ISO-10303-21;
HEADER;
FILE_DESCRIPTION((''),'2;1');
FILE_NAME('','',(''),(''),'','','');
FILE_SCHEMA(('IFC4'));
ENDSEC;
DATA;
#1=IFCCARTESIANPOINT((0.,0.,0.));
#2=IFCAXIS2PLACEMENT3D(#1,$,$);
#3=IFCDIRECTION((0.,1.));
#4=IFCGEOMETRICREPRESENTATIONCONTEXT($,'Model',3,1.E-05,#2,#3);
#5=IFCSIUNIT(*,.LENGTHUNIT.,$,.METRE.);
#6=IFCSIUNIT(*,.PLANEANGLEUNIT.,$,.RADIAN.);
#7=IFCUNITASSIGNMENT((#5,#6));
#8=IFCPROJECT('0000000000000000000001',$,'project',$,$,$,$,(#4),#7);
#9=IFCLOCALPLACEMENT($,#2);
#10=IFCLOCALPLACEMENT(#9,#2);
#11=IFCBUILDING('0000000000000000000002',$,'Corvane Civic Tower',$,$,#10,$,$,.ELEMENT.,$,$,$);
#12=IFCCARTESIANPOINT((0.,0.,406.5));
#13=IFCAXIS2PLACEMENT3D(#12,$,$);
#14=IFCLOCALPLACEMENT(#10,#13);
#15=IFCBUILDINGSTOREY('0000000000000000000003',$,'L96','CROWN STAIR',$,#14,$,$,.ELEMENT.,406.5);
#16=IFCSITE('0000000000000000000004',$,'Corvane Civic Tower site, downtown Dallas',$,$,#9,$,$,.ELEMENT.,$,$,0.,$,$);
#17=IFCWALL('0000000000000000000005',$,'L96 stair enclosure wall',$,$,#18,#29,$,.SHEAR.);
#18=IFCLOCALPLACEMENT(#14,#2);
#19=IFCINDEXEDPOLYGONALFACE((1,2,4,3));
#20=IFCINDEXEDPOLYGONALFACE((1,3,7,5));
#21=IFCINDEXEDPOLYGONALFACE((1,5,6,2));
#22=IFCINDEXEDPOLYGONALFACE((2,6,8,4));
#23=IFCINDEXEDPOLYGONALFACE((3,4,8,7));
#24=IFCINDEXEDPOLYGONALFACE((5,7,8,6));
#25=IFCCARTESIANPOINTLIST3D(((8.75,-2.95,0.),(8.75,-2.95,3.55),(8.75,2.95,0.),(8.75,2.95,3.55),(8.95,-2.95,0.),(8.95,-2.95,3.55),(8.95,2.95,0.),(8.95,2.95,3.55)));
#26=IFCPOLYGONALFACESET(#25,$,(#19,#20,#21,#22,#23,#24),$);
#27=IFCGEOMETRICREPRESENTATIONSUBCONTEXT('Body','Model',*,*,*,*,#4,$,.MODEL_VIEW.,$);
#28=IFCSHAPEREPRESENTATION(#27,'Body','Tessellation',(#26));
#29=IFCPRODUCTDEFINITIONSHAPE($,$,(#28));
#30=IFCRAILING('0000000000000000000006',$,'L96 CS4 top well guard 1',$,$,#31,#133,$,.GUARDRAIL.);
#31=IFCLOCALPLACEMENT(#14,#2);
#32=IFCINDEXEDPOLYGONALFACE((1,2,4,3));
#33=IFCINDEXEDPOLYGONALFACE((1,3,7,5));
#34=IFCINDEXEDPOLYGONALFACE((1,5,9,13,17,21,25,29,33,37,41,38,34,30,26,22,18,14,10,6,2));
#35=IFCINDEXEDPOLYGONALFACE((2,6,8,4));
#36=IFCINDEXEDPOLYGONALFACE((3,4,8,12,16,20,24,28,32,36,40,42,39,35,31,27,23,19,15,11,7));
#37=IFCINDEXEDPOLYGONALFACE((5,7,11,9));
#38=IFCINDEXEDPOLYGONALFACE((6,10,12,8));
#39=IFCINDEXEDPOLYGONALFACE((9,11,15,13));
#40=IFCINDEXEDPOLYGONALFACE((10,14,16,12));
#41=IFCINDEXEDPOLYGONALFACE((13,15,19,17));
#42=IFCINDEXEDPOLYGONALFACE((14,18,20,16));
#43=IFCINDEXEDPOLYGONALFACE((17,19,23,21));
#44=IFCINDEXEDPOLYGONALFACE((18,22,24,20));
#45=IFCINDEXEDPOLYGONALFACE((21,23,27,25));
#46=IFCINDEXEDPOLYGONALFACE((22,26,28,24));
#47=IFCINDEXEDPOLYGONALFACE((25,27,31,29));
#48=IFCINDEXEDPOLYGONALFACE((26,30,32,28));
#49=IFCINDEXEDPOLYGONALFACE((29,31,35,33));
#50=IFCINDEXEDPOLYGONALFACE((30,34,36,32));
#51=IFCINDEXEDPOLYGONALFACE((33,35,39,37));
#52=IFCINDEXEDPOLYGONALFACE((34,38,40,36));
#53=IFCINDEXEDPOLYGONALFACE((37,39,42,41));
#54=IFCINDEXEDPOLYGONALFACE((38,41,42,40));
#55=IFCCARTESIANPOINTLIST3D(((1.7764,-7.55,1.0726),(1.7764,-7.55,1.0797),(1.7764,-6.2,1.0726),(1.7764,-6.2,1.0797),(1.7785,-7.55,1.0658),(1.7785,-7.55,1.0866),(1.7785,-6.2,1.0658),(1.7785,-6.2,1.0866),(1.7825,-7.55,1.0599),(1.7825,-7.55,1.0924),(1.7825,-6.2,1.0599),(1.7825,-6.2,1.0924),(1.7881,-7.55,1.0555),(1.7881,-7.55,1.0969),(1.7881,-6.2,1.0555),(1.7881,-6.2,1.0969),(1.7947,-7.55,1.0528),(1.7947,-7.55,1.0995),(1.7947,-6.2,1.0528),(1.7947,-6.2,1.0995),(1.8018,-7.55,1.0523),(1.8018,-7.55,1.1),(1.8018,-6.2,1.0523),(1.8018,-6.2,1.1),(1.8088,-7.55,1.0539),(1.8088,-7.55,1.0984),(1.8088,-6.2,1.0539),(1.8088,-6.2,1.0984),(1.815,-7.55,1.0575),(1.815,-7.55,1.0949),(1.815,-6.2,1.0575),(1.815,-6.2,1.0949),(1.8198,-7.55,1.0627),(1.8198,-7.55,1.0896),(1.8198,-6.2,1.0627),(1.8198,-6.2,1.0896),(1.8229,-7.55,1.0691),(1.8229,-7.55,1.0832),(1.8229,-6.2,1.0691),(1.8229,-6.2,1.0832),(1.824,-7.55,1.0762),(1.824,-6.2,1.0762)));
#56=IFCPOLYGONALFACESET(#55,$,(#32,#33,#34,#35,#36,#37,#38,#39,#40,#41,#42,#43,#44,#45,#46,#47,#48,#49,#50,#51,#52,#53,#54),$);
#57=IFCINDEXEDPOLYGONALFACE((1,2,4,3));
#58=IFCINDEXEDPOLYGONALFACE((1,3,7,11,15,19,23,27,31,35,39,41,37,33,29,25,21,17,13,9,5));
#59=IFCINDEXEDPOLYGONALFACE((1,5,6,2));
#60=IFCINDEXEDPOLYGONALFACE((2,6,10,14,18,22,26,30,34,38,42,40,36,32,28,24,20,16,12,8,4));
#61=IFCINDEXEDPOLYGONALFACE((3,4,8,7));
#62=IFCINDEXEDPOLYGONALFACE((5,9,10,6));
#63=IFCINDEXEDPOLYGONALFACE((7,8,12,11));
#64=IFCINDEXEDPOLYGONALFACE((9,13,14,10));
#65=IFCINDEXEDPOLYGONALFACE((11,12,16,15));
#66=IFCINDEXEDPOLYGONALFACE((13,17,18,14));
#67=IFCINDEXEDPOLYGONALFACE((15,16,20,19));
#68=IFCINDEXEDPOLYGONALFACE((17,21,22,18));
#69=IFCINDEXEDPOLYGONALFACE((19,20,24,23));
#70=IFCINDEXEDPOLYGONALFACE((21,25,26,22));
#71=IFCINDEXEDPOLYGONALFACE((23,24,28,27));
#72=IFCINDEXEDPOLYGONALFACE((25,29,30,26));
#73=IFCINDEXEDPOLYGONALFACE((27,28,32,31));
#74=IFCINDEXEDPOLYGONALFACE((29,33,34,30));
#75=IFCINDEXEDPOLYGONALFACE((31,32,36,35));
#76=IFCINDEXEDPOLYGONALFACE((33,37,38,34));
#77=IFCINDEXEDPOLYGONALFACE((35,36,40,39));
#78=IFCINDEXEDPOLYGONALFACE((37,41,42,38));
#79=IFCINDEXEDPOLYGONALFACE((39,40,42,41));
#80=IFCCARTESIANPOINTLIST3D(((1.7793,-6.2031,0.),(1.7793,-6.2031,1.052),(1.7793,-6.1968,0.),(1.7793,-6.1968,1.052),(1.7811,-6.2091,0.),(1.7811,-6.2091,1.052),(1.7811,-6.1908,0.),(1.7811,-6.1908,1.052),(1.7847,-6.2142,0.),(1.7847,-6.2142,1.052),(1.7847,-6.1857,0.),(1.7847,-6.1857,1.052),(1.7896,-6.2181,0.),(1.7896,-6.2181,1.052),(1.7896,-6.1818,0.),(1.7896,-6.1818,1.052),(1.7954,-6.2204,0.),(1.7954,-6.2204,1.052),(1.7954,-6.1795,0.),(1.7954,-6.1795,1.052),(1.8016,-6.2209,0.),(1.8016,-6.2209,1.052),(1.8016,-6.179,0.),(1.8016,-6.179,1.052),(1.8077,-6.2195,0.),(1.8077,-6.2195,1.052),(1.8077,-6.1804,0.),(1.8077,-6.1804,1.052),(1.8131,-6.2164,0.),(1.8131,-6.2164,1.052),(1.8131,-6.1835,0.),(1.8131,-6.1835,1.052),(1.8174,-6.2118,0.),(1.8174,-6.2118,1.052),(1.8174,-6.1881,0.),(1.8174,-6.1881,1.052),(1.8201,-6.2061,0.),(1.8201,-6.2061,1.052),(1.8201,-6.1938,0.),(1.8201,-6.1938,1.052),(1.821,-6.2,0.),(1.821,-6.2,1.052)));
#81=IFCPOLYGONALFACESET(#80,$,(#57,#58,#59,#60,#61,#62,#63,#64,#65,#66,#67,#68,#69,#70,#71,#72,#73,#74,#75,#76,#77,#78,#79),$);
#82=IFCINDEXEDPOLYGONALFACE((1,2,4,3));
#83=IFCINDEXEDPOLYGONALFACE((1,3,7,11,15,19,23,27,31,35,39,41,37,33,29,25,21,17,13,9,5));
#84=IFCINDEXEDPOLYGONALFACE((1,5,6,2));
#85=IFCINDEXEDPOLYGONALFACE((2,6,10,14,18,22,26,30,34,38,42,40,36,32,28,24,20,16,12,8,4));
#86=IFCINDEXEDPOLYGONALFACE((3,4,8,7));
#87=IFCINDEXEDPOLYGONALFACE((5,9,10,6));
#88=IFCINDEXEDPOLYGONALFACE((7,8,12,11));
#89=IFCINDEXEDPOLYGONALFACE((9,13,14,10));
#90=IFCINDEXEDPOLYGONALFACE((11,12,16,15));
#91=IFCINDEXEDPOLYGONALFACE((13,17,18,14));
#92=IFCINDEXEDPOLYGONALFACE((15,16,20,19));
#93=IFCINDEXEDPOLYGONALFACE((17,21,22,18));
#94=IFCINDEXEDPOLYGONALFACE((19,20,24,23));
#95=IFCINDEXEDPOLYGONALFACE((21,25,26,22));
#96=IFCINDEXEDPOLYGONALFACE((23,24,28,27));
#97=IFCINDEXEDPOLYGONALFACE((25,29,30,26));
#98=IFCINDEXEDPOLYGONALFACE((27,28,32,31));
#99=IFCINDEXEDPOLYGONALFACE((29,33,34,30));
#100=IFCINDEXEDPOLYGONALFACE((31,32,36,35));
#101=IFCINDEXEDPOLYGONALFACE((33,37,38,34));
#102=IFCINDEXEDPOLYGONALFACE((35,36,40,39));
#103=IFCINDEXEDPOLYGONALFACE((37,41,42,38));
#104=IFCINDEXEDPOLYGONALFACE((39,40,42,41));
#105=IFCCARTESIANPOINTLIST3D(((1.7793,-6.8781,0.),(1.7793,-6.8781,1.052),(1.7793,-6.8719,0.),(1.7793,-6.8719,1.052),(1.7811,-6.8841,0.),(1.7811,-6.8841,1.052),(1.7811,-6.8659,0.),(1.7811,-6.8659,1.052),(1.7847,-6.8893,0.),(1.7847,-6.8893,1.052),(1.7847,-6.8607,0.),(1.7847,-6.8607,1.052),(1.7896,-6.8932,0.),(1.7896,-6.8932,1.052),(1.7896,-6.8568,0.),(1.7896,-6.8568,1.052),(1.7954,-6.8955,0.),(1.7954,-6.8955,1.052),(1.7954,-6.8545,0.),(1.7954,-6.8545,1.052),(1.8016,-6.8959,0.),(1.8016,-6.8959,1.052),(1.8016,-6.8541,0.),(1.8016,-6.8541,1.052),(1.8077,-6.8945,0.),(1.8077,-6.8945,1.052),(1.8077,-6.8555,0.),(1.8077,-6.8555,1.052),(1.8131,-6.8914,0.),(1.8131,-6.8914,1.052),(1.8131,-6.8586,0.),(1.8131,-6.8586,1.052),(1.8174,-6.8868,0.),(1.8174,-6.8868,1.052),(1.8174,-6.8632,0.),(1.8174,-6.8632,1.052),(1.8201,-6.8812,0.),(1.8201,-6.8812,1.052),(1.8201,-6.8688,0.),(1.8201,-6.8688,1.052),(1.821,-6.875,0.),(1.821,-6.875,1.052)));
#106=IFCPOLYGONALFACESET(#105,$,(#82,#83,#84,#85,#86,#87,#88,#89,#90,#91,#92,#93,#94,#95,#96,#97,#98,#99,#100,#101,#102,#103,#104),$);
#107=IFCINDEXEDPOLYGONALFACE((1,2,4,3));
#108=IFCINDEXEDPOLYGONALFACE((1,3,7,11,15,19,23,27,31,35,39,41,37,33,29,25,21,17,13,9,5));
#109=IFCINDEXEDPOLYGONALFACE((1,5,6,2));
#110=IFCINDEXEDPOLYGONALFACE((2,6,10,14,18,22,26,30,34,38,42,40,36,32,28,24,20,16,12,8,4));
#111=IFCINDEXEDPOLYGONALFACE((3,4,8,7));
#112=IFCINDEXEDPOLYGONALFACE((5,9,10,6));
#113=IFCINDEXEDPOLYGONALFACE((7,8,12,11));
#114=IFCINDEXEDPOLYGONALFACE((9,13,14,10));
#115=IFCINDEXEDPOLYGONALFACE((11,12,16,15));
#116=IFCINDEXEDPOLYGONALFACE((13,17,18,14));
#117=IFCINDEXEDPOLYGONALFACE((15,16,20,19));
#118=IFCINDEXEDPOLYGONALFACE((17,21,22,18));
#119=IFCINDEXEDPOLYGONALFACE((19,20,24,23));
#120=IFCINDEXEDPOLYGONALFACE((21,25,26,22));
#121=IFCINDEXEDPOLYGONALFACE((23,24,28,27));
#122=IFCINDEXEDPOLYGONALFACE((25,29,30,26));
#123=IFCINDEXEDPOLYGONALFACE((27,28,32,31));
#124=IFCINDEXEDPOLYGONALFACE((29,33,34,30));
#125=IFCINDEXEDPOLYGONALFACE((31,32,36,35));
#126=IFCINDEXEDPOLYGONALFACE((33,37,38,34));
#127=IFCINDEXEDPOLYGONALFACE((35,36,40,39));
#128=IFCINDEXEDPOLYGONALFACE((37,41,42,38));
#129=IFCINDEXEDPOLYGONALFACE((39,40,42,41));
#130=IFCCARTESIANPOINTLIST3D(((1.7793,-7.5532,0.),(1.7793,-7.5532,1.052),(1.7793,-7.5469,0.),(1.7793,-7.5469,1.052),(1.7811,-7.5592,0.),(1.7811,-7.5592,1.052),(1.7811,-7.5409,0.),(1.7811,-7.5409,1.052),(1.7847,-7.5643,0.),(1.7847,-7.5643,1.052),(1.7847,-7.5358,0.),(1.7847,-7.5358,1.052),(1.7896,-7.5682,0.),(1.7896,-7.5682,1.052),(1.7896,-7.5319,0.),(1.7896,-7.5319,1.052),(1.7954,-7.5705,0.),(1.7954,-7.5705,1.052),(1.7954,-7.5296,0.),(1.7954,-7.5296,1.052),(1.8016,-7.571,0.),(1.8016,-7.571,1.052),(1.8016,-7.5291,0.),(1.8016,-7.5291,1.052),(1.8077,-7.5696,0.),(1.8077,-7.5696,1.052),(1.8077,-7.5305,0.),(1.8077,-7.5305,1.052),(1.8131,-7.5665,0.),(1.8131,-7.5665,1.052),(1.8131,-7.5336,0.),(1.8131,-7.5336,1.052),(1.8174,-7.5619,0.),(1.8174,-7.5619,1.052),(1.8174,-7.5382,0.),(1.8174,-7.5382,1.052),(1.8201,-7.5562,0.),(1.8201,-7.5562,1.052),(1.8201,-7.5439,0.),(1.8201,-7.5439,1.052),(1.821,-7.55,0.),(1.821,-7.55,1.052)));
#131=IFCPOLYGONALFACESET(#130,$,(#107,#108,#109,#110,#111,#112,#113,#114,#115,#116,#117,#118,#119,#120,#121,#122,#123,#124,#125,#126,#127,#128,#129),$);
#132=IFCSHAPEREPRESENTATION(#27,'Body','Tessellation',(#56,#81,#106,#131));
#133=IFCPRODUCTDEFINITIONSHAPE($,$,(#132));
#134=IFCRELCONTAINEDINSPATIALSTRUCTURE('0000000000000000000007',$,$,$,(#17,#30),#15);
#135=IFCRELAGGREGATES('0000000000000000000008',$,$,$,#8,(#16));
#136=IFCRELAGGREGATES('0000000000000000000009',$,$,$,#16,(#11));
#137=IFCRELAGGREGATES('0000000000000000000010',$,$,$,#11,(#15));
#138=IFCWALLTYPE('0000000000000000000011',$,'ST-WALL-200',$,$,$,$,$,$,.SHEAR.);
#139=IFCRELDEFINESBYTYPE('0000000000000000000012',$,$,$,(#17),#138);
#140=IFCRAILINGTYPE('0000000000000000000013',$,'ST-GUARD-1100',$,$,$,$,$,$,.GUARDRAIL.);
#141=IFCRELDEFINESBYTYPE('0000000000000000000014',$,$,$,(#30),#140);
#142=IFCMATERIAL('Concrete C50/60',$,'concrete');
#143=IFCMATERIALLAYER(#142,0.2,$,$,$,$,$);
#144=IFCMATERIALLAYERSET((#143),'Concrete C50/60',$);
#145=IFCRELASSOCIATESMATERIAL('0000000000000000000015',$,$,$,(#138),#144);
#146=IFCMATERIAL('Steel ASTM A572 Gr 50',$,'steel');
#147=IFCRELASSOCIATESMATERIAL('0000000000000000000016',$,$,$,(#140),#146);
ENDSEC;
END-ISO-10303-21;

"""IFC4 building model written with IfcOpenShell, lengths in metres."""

from ifc_helpers import new_model, si_unit, direction, frame, origin, origin_2d, place, context, subcontext, project, spatial, polyline, circle, outline, extrude, material, layer, layer_set, type_object, element, save


model = new_model("IFC4")

# Units and contexts
model_context = context("Model", 3, precision=1e-05, world=origin(), true_north=direction((0.0, 1.0)))
body_context = subcontext(model_context, "Body", "Model", "MODEL_VIEW")
ifc_project = project(units=[si_unit("LENGTHUNIT", "METRE"), si_unit("PLANEANGLEUNIT", "RADIAN")], contexts=[model_context])

# Site, building, storey
site_placement = place(None, origin())
site = spatial("IfcSite", under=ifc_project, at=site_placement, Name="Corvane Civic Tower site, downtown Dallas", CompositionType="ELEMENT", RefElevation=0.0)
building_placement = place(site_placement, origin())
building = spatial("IfcBuilding", under=site, at=building_placement, Name="Corvane Civic Tower", CompositionType="ELEMENT")
storey_placement = place(building_placement, frame((0.0, 0.0, 406.5)))
storey = spatial("IfcBuildingStorey", under=building, at=storey_placement, Name="L96", Description="CROWN STAIR", CompositionType="ELEMENT", Elevation=406.5)

# Wall
ifc_material_1 = material(Name="Concrete C50/60", Category="concrete")
ifc_layer_1 = layer(ifc_material_1, 0.2)
ifc_layer_set_1 = layer_set([ifc_layer_1], Name="Concrete C50/60")
wall_type_1 = type_object("IfcWallType", Name="ST-WALL-200", PredefinedType="SHEAR", material=ifc_layer_set_1)
wall_1_placement = place(storey_placement, origin())
element("IfcWall", 1, at=wall_1_placement, inside=storey, type_object=wall_type_1, Name="L96 stair enclosure wall", PredefinedType="SHEAR", context=body_context, shape_type="SweptSolid", body=[
    extrude(outline(polyline([(8.95, 2.95), (8.95, -2.95), (8.75, -2.95), (8.75, 2.95), (8.95, 2.95)])), origin(), (0.0, 0.0, 1.0), 3.55),
])

# Railing
ifc_material_2 = material(Name="Steel ASTM A572 Gr 50", Category="steel")
railing_type = type_object("IfcRailingType", Name="ST-GUARD-1100", PredefinedType="GUARDRAIL", material=ifc_material_2)
railing_placement = place(storey_placement, frame((1.8, -6.2, 0.0)))
element("IfcRailing", 2, at=railing_placement, inside=storey, type_object=railing_type, Name="L96 CS4 top well guard 1", PredefinedType="GUARDRAIL", context=body_context, shape_type="SweptSolid", body=[
    extrude(circle(Radius=0.0239, at=origin_2d()), frame((0.0, 0.0, 1.0762), z_axis=(0.0, -1.0, 0.0), x_axis=(1.0, 0.0, 0.0)), (0.0, 0.0, 1.0), 1.3501),
    extrude(circle(Radius=0.021, at=origin_2d()), origin(), (0.0, 0.0, 1.0), 1.052),
    extrude(circle(Radius=0.021, at=origin_2d()), frame((0.0, -0.675, 0.0)), (0.0, 0.0, 1.0), 1.052),
    extrude(circle(Radius=0.021, at=origin_2d()), frame((0.0, -1.3501, 0.0)), (0.0, 0.0, 1.0), 1.052),
])

save(model, "model.ifc")
